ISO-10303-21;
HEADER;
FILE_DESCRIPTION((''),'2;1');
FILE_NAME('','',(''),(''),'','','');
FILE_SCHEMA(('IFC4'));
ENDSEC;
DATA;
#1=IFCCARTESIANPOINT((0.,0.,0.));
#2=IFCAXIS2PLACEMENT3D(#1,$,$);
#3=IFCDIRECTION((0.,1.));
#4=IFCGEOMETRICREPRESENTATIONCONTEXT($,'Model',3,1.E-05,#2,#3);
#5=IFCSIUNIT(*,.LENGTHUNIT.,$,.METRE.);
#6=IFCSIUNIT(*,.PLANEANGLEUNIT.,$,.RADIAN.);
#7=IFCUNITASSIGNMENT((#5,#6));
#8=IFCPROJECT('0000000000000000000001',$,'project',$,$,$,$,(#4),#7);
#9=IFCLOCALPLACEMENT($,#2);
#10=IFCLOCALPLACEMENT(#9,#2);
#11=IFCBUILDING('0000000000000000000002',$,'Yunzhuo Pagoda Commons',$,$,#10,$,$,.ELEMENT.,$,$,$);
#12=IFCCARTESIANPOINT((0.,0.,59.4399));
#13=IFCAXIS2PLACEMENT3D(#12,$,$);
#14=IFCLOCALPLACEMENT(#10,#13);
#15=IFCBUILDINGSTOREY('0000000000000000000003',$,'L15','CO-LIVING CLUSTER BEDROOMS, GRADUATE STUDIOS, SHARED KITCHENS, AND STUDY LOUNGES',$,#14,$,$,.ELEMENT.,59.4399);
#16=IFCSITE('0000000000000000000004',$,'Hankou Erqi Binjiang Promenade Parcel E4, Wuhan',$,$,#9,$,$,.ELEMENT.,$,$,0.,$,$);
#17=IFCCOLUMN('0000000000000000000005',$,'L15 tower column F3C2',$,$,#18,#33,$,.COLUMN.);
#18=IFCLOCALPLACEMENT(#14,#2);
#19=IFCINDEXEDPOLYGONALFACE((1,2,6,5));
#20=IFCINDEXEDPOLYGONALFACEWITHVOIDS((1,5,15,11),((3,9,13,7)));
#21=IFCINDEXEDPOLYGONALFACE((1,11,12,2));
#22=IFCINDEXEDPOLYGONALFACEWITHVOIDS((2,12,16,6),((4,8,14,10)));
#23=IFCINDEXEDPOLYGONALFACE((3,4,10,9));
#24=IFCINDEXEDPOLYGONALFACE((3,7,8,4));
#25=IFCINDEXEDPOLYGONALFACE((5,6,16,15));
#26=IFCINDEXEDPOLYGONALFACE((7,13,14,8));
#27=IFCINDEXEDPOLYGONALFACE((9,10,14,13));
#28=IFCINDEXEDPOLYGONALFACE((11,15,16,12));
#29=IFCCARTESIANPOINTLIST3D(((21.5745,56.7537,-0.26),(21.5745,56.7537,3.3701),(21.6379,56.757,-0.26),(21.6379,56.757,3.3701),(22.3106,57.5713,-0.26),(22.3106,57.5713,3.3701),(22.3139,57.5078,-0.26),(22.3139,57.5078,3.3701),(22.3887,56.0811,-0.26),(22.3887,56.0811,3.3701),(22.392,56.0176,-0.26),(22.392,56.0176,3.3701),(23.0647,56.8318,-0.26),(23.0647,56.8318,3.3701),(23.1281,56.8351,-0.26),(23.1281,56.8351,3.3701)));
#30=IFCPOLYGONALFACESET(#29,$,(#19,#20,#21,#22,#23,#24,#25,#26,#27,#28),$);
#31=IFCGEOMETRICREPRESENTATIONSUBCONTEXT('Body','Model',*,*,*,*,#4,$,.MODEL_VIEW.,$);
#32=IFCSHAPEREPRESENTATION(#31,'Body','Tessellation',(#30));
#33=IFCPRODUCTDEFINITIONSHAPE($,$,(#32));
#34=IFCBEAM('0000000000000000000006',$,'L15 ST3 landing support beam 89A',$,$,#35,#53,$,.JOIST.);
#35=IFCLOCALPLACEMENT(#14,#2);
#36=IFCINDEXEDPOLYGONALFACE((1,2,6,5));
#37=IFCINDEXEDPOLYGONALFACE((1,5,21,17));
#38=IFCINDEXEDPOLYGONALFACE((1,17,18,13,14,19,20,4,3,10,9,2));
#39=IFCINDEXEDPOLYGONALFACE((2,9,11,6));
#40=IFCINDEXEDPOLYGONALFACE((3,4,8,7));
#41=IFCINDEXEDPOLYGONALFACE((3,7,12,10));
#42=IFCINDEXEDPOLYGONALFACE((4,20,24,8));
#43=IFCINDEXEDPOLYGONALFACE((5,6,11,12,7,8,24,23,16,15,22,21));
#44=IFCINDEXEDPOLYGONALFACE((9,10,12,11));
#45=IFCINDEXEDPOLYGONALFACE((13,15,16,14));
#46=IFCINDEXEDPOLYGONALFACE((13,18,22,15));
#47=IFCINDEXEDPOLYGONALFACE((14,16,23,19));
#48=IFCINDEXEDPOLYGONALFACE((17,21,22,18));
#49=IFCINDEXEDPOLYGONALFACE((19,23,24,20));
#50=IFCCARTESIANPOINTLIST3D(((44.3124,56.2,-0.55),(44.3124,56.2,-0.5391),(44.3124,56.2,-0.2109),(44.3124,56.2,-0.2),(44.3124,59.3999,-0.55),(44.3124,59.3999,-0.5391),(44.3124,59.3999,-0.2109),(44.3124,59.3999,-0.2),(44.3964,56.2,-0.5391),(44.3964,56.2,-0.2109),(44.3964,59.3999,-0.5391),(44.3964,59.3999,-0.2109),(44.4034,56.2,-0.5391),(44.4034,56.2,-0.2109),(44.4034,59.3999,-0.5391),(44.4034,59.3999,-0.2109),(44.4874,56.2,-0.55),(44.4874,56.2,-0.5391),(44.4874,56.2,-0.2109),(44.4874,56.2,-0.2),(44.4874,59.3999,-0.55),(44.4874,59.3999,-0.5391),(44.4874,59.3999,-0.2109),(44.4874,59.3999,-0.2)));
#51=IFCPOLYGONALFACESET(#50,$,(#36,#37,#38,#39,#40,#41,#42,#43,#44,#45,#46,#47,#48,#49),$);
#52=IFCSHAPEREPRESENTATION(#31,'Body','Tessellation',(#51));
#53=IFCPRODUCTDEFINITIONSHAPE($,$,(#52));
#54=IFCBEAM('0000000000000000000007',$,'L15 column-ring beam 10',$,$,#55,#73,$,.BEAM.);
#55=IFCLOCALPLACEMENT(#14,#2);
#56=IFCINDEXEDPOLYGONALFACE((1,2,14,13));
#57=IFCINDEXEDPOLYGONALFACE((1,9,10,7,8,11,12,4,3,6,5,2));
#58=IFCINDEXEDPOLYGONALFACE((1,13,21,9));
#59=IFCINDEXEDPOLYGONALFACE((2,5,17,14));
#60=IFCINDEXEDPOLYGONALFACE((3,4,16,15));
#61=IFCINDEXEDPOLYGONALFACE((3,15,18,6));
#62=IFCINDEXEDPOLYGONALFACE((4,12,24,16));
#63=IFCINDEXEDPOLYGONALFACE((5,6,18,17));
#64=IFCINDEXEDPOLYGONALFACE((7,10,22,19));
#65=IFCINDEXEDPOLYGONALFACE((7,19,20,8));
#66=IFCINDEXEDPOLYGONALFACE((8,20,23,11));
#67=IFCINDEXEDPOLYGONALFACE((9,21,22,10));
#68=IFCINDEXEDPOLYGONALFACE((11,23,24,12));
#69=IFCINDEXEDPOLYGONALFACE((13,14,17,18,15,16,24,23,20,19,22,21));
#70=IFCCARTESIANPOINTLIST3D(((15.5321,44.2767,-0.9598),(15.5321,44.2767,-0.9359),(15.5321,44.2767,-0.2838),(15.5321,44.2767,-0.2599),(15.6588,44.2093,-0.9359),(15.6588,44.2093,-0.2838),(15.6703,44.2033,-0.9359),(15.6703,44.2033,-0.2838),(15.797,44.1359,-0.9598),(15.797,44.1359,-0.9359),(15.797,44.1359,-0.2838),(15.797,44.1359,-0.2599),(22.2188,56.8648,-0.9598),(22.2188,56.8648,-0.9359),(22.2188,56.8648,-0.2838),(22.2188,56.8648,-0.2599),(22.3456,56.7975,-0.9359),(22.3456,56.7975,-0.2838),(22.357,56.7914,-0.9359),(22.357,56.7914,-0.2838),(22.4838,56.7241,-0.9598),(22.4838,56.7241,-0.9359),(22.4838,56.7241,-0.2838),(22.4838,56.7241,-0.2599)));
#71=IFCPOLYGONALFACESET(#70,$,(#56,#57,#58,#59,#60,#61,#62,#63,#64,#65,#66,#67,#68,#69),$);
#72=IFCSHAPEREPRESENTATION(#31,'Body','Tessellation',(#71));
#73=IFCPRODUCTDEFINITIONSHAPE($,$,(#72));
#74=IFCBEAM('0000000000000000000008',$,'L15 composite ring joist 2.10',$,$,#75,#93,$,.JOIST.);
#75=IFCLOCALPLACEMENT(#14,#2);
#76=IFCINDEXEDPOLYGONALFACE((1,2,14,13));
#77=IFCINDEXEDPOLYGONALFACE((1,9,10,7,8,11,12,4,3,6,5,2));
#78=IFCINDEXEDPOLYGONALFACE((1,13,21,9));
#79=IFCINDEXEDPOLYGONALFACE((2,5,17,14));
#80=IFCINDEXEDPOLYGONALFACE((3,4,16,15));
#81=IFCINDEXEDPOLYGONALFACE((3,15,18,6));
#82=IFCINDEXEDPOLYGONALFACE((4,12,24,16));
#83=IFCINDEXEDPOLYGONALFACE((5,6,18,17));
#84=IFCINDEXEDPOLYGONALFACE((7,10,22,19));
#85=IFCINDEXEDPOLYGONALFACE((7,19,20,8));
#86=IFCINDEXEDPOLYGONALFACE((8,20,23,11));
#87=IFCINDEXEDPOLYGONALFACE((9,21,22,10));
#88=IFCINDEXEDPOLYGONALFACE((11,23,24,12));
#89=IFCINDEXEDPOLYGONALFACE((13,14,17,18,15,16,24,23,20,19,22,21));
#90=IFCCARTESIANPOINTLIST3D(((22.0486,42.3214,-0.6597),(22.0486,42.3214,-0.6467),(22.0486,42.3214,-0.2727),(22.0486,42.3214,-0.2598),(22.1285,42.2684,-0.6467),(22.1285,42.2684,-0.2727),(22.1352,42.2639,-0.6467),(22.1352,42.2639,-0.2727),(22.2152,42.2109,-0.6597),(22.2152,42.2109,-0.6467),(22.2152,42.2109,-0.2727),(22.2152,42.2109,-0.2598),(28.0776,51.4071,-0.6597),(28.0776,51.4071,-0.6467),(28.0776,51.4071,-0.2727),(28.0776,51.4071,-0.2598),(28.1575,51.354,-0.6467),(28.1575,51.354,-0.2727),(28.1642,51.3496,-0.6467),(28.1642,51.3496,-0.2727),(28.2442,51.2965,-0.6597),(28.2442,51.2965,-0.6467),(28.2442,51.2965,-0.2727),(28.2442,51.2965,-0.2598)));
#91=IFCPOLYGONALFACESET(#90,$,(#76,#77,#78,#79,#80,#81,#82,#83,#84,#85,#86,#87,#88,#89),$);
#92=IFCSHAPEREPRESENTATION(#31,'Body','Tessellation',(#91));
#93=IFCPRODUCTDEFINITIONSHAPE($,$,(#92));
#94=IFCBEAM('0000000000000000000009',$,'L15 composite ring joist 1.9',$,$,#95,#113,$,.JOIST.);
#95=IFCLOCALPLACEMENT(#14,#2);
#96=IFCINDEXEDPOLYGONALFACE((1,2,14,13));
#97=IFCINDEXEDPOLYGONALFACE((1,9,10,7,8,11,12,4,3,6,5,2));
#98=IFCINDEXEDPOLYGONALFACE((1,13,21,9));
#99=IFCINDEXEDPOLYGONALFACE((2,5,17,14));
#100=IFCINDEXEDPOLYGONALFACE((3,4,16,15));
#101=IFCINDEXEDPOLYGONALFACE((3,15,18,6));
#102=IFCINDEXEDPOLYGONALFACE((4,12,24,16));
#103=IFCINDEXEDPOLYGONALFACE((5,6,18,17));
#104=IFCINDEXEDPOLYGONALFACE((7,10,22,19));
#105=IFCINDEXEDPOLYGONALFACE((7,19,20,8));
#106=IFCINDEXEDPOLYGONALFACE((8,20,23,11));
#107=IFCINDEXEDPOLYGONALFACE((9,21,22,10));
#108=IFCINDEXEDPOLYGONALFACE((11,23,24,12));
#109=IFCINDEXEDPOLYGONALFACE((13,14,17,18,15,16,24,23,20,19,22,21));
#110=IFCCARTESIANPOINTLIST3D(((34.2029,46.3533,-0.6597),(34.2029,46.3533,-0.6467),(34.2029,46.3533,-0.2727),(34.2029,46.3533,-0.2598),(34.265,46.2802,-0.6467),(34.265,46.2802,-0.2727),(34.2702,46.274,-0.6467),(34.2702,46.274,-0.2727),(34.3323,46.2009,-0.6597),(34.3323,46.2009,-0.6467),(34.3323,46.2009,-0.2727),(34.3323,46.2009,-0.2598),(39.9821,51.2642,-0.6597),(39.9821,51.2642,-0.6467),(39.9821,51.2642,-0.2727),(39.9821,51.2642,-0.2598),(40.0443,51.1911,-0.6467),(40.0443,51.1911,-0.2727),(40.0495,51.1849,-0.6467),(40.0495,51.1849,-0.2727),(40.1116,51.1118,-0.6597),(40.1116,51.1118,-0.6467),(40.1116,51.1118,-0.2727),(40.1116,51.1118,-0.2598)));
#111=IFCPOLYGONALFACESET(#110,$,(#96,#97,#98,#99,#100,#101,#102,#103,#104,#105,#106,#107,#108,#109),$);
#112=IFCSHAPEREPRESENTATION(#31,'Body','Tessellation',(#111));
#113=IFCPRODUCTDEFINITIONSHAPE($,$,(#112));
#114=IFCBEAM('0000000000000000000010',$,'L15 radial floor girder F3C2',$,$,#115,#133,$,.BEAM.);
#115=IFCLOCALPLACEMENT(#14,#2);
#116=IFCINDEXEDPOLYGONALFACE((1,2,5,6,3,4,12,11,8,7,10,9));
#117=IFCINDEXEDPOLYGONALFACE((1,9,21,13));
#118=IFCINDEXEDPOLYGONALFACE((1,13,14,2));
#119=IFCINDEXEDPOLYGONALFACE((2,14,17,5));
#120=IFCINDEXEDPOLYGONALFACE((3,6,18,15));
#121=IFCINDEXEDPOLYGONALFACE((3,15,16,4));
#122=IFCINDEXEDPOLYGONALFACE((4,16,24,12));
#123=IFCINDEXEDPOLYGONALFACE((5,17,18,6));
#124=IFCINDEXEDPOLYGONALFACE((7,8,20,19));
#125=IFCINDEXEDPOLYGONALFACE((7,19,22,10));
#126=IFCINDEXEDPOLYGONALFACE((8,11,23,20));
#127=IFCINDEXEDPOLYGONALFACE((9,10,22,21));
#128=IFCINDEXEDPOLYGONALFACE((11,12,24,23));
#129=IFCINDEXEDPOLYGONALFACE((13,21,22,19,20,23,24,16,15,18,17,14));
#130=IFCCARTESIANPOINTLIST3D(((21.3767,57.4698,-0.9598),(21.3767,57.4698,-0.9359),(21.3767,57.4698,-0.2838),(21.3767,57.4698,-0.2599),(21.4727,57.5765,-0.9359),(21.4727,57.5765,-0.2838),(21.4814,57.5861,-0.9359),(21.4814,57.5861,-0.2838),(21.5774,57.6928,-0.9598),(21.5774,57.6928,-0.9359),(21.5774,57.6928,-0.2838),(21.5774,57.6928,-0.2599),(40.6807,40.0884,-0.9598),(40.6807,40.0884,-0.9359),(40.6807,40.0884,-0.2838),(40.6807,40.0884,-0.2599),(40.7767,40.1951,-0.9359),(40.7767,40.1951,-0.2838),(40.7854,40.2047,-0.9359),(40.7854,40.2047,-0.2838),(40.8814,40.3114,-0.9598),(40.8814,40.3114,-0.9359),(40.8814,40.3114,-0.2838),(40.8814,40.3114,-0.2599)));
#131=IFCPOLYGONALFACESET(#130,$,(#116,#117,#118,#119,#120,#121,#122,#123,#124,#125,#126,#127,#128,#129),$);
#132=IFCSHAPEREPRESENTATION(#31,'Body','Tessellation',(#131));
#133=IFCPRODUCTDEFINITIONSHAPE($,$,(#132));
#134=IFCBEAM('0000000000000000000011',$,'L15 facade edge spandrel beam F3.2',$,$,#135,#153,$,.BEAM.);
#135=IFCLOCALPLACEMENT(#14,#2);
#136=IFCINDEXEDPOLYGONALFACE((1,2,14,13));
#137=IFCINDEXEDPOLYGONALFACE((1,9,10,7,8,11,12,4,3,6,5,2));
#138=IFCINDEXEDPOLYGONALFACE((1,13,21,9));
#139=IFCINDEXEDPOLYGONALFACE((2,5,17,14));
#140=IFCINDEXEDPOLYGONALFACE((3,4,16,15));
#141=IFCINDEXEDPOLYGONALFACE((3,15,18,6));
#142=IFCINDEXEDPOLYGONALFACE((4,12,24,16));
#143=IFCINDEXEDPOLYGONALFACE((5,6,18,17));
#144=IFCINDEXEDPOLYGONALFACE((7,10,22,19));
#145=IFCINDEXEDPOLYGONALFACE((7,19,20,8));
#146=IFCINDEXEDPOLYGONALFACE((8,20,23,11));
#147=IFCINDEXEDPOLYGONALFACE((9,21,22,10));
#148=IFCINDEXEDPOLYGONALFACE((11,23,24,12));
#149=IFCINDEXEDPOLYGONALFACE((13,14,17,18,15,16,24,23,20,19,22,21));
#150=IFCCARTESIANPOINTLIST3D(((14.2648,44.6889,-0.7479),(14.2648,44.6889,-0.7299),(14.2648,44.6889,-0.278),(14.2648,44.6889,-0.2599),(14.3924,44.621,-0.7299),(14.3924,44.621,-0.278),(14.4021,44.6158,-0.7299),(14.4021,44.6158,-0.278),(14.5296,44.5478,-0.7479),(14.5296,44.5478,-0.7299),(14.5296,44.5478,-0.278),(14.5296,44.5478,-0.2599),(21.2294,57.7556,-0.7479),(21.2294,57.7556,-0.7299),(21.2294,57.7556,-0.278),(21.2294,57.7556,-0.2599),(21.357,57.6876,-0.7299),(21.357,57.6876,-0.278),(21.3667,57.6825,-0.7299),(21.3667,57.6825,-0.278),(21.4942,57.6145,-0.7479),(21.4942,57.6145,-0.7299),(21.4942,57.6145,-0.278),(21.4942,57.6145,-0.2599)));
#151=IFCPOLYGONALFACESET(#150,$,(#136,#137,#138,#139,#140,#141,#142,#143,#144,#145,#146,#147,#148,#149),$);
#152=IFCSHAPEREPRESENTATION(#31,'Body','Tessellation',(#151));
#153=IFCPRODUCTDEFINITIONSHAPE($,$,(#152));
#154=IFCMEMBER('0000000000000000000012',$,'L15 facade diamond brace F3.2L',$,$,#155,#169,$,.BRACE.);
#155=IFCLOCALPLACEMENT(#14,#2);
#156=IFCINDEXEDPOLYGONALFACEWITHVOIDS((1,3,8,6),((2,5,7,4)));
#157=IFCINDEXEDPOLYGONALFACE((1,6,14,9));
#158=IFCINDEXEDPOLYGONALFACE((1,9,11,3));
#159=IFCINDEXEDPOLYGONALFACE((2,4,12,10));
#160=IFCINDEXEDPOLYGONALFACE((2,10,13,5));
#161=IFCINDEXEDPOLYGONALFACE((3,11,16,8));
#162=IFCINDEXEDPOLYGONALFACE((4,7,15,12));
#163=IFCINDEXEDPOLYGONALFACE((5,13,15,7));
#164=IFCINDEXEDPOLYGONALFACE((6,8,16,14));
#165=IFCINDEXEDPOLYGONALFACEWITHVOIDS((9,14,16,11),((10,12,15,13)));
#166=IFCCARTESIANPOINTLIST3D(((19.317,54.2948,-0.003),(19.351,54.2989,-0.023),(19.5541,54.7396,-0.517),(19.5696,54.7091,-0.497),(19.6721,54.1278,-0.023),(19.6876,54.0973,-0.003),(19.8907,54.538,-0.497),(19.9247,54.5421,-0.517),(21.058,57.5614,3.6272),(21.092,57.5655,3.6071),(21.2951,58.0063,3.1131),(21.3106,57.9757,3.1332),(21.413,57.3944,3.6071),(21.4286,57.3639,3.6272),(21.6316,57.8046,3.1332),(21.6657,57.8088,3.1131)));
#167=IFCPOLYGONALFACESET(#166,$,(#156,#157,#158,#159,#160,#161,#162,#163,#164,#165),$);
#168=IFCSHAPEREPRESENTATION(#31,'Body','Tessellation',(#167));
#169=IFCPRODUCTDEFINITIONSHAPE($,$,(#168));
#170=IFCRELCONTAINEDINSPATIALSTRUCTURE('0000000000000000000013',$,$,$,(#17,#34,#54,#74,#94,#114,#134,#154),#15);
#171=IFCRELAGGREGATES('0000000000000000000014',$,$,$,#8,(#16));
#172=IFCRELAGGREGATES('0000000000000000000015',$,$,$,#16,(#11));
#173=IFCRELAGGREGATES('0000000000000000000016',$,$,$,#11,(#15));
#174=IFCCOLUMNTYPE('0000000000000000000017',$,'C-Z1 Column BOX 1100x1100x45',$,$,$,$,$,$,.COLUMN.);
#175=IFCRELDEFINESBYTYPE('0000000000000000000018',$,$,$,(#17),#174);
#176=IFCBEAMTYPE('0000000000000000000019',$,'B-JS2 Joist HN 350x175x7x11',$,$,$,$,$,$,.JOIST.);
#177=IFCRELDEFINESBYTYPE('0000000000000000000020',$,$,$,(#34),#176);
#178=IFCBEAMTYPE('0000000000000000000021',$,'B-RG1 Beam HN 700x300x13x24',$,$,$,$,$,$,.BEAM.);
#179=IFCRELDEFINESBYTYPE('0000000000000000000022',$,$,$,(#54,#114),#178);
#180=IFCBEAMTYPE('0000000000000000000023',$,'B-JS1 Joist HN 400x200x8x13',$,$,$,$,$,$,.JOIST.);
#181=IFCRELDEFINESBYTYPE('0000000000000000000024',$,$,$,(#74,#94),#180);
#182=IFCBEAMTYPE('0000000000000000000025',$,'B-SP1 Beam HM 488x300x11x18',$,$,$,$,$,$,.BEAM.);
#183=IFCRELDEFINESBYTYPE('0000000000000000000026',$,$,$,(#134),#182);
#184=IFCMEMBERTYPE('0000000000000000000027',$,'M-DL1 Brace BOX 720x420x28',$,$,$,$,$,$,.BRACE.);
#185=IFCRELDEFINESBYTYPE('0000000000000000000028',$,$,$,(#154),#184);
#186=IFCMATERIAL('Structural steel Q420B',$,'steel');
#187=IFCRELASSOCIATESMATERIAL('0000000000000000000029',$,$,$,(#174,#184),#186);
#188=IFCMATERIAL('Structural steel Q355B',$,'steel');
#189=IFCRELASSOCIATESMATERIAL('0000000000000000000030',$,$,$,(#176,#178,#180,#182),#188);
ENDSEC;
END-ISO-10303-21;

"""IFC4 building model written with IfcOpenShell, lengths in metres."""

from ifc_helpers import new_model, si_unit, direction, frame, origin, origin_2d, place, context, subcontext, project, spatial, hollow_rectangle, i_section, extrude, source, transform, mapped, material, material_profile, profile_set, type_object, element, save


model = new_model("IFC4")

# Units and contexts
model_context = context("Model", 3, precision=1e-05, world=origin(), true_north=direction((0.0, 1.0)))
body_context = subcontext(model_context, "Body", "Model", "MODEL_VIEW")
ifc_project = project(units=[si_unit("LENGTHUNIT", "METRE"), si_unit("PLANEANGLEUNIT", "RADIAN")], contexts=[model_context])

# Site, building, storey
site_placement = place(None, origin())
site = spatial("IfcSite", under=ifc_project, at=site_placement, Name="Hankou Erqi Binjiang Promenade Parcel E4, Wuhan", CompositionType="ELEMENT", RefElevation=0.0)
building_placement = place(site_placement, origin())
building = spatial("IfcBuilding", under=site, at=building_placement, Name="Yunzhuo Pagoda Commons", CompositionType="ELEMENT")
storey_placement = place(building_placement, frame((0.0, 0.0, 59.4399)))
storey = spatial("IfcBuildingStorey", under=building, at=storey_placement, Name="L15", Description="CO-LIVING CLUSTER BEDROOMS, GRADUATE STUDIOS, SHARED KITCHENS, AND STUDY LOUNGES", CompositionType="ELEMENT", Elevation=59.4399)

# Column
ifc_material_1 = material(Name="Structural steel Q420B", Category="steel")
ifc_material_profile_1 = material_profile(ifc_material_1, hollow_rectangle(XDim=1.1001, YDim=1.1001, WallThickness=0.0449, at=origin_2d()), Name="Structural steel Q420B")
ifc_profile_set_1 = profile_set([ifc_material_profile_1], Name="Structural steel Q420B")
column_type = type_object("IfcColumnType", Name="C-Z1 Column BOX 1100x1100x45", PredefinedType="COLUMN", material=ifc_profile_set_1)
shared_shape_1 = source(origin(), body_context, "Body", "SweptSolid", [
    extrude(hollow_rectangle(XDim=1.1001, YDim=1.1001, WallThickness=0.0449, at=origin_2d()), origin(), (0.0, 0.0, 1.0), 3.6301),
])
column_placement = place(storey_placement, frame((22.3513, 56.7944, -0.26), z_axis=(0.0, 0.0, 1.0), x_axis=(-0.669131, -0.743145, 0.0)))
element("IfcColumn", 1, at=column_placement, inside=storey, type_object=column_type, Name="L15 tower column F3C2", PredefinedType="COLUMN", context=body_context, shape_type="MappedRepresentation", body=[
    mapped(shared_shape_1, transform((0.0, 0.0, 0.0), scale=1.0)),
])

# Beams
ifc_material_2 = material(Name="Structural steel Q355B", Category="steel")
ifc_material_profile_2 = material_profile(ifc_material_2, i_section(OverallWidth=0.175, OverallDepth=0.3501, WebThickness=0.0071, FlangeThickness=0.011, at=origin_2d()), Name="Structural steel Q355B")
ifc_profile_set_2 = profile_set([ifc_material_profile_2], Name="Structural steel Q355B")
beam_type_1 = type_object("IfcBeamType", Name="B-JS2 Joist HN 350x175x7x11", PredefinedType="JOIST", material=ifc_profile_set_2)
shared_shape_2 = source(origin(), body_context, "Body", "SweptSolid", [
    extrude(i_section(OverallWidth=0.175, OverallDepth=0.3501, WebThickness=0.0071, FlangeThickness=0.011, at=origin_2d()), origin(), (0.0, 0.0, 1.0), 3.2),
])
beam_1_placement = place(storey_placement, frame((44.3999, 56.2, -0.375), z_axis=(0.0, 1.0, 0.0), x_axis=(-1.0, 0.0, 0.0)))
element("IfcBeam", 2, at=beam_1_placement, inside=storey, type_object=beam_type_1, Name="L15 ST3 landing support beam 89A", PredefinedType="JOIST", context=body_context, shape_type="MappedRepresentation", body=[
    mapped(shared_shape_2, transform((0.0, 0.0, 0.0), scale=1.0)),
])
ifc_material_profile_3 = material_profile(ifc_material_2, i_section(OverallWidth=0.3, OverallDepth=0.7, WebThickness=0.0129, FlangeThickness=0.0239, at=origin_2d()), Name="Structural steel Q355B")
ifc_profile_set_3 = profile_set([ifc_material_profile_3], Name="Structural steel Q355B")
beam_type_2 = type_object("IfcBeamType", Name="B-RG1 Beam HN 700x300x13x24", PredefinedType="BEAM", material=ifc_profile_set_3)
shared_shape_3 = source(origin(), body_context, "Body", "SweptSolid", [
    extrude(i_section(OverallWidth=0.3, OverallDepth=0.7, WebThickness=0.0129, FlangeThickness=0.0239, at=origin_2d()), origin(), (0.0, 0.0, 1.0), 14.2539),
])
beam_2_placement = place(storey_placement, frame((22.3513, 56.7944, -0.6099), z_axis=(-0.469118, -0.883135, 0.0), x_axis=(0.883135, -0.469118, 0.0)))
element("IfcBeam", 3, at=beam_2_placement, inside=storey, type_object=beam_type_2, Name="L15 column-ring beam 10", PredefinedType="BEAM", context=body_context, shape_type="MappedRepresentation", body=[
    mapped(shared_shape_3, transform((0.0, 0.0, 0.0), scale=1.0)),
])
ifc_material_profile_4 = material_profile(ifc_material_2, i_section(OverallWidth=0.2, OverallDepth=0.3999, WebThickness=0.0081, FlangeThickness=0.0129, at=origin_2d()), Name="Structural steel Q355B")
ifc_profile_set_4 = profile_set([ifc_material_profile_4], Name="Structural steel Q355B")
beam_type_3 = type_object("IfcBeamType", Name="B-JS1 Joist HN 400x200x8x13", PredefinedType="JOIST", material=ifc_profile_set_4)
shared_shape_4 = source(origin(), body_context, "Body", "SweptSolid", [
    extrude(i_section(OverallWidth=0.2, OverallDepth=0.3999, WebThickness=0.0081, FlangeThickness=0.0129, at=origin_2d()), origin(), (0.0, 0.0, 1.0), 10.9041),
])
beam_3_placement = place(storey_placement, frame((28.1609, 51.3518, -0.4597), z_axis=(-0.552916, -0.833237, 0.0), x_axis=(0.833237, -0.552916, 0.0)))
element("IfcBeam", 4, at=beam_3_placement, inside=storey, type_object=beam_type_3, Name="L15 composite ring joist 2.10", PredefinedType="JOIST", context=body_context, shape_type="MappedRepresentation", body=[
    mapped(shared_shape_4, transform((0.0, 0.0, 0.0), scale=1.0)),
])
shared_shape_5 = source(origin(), body_context, "Body", "SweptSolid", [
    extrude(i_section(OverallWidth=0.2, OverallDepth=0.3999, WebThickness=0.0081, FlangeThickness=0.0129, at=origin_2d()), origin(), (0.0, 0.0, 1.0), 7.584),
])
beam_4_placement = place(storey_placement, frame((40.0469, 51.188, -0.4597), z_axis=(-0.762038, -0.647533, 0.0), x_axis=(0.647533, -0.762038, 0.0)))
element("IfcBeam", 5, at=beam_4_placement, inside=storey, type_object=beam_type_3, Name="L15 composite ring joist 1.9", PredefinedType="JOIST", context=body_context, shape_type="MappedRepresentation", body=[
    mapped(shared_shape_5, transform((0.0, 0.0, 0.0), scale=1.0)),
])
shared_shape_6 = source(origin(), body_context, "Body", "SweptSolid", [
    extrude(i_section(OverallWidth=0.3, OverallDepth=0.7, WebThickness=0.0129, FlangeThickness=0.0239, at=origin_2d()), origin(), (0.0, 0.0, 1.0), 25.9761),
])
beam_5_placement = place(storey_placement, frame((21.4771, 57.5813, -0.6099), z_axis=(0.743145, -0.66913, 0.0), x_axis=(0.66913, 0.743145, 0.0)))
element("IfcBeam", 6, at=beam_5_placement, inside=storey, type_object=beam_type_2, Name="L15 radial floor girder F3C2", PredefinedType="BEAM", context=body_context, shape_type="MappedRepresentation", body=[
    mapped(shared_shape_6, transform((0.0, 0.0, 0.0), scale=1.0)),
])
ifc_material_profile_5 = material_profile(ifc_material_2, i_section(OverallWidth=0.3, OverallDepth=0.488, WebThickness=0.011, FlangeThickness=0.0181, at=origin_2d()), Name="Structural steel Q355B")
ifc_profile_set_5 = profile_set([ifc_material_profile_5], Name="Structural steel Q355B")
beam_type_4 = type_object("IfcBeamType", Name="B-SP1 Beam HM 488x300x11x18", PredefinedType="BEAM", material=ifc_profile_set_5)
shared_shape_7 = source(origin(), body_context, "Body", "SweptSolid", [
    extrude(i_section(OverallWidth=0.3, OverallDepth=0.488, WebThickness=0.011, FlangeThickness=0.0181, at=origin_2d()), origin(), (0.0, 0.0, 1.0), 14.8069),
])
beam_6_placement = place(storey_placement, frame((21.3618, 57.6851, -0.5039), z_axis=(-0.470363, -0.882473, 0.0), x_axis=(0.882473, -0.470363, 0.0)))
element("IfcBeam", 7, at=beam_6_placement, inside=storey, type_object=beam_type_4, Name="L15 facade edge spandrel beam F3.2", PredefinedType="BEAM", context=body_context, shape_type="MappedRepresentation", body=[
    mapped(shared_shape_7, transform((0.0, 0.0, 0.0), scale=1.0)),
])

# Member
ifc_material_profile_6 = material_profile(ifc_material_1, hollow_rectangle(XDim=0.4199, YDim=0.72, WallThickness=0.0281, at=origin_2d()), Name="Structural steel Q420B")
ifc_profile_set_6 = profile_set([ifc_material_profile_6], Name="Structural steel Q420B")
member_type_1 = type_object("IfcMemberType", Name="M-DL1 Brace BOX 720x420x28", PredefinedType="BRACE", material=ifc_profile_set_6)
shared_shape_8 = source(origin(), body_context, "Body", "SweptSolid", [
    extrude(hollow_rectangle(XDim=0.4199, YDim=0.72, WallThickness=0.0281, at=origin_2d()), origin(), (0.0, 0.0, 1.0), 5.1846),
])
member_1_placement = place(storey_placement, frame((19.6208, 54.4185, -0.26), z_axis=(0.3358, 0.630066, 0.700183), x_axis=(-0.88249, 0.470331, 0.0)))
element("IfcMember", 8, at=member_1_placement, inside=storey, type_object=member_type_1, Name="L15 facade diamond brace F3.2L", PredefinedType="BRACE", context=body_context, shape_type="MappedRepresentation", body=[
    mapped(shared_shape_8, transform((0.0, 0.0, 0.0), scale=1.0)),
])

save(model, "model.ifc")
